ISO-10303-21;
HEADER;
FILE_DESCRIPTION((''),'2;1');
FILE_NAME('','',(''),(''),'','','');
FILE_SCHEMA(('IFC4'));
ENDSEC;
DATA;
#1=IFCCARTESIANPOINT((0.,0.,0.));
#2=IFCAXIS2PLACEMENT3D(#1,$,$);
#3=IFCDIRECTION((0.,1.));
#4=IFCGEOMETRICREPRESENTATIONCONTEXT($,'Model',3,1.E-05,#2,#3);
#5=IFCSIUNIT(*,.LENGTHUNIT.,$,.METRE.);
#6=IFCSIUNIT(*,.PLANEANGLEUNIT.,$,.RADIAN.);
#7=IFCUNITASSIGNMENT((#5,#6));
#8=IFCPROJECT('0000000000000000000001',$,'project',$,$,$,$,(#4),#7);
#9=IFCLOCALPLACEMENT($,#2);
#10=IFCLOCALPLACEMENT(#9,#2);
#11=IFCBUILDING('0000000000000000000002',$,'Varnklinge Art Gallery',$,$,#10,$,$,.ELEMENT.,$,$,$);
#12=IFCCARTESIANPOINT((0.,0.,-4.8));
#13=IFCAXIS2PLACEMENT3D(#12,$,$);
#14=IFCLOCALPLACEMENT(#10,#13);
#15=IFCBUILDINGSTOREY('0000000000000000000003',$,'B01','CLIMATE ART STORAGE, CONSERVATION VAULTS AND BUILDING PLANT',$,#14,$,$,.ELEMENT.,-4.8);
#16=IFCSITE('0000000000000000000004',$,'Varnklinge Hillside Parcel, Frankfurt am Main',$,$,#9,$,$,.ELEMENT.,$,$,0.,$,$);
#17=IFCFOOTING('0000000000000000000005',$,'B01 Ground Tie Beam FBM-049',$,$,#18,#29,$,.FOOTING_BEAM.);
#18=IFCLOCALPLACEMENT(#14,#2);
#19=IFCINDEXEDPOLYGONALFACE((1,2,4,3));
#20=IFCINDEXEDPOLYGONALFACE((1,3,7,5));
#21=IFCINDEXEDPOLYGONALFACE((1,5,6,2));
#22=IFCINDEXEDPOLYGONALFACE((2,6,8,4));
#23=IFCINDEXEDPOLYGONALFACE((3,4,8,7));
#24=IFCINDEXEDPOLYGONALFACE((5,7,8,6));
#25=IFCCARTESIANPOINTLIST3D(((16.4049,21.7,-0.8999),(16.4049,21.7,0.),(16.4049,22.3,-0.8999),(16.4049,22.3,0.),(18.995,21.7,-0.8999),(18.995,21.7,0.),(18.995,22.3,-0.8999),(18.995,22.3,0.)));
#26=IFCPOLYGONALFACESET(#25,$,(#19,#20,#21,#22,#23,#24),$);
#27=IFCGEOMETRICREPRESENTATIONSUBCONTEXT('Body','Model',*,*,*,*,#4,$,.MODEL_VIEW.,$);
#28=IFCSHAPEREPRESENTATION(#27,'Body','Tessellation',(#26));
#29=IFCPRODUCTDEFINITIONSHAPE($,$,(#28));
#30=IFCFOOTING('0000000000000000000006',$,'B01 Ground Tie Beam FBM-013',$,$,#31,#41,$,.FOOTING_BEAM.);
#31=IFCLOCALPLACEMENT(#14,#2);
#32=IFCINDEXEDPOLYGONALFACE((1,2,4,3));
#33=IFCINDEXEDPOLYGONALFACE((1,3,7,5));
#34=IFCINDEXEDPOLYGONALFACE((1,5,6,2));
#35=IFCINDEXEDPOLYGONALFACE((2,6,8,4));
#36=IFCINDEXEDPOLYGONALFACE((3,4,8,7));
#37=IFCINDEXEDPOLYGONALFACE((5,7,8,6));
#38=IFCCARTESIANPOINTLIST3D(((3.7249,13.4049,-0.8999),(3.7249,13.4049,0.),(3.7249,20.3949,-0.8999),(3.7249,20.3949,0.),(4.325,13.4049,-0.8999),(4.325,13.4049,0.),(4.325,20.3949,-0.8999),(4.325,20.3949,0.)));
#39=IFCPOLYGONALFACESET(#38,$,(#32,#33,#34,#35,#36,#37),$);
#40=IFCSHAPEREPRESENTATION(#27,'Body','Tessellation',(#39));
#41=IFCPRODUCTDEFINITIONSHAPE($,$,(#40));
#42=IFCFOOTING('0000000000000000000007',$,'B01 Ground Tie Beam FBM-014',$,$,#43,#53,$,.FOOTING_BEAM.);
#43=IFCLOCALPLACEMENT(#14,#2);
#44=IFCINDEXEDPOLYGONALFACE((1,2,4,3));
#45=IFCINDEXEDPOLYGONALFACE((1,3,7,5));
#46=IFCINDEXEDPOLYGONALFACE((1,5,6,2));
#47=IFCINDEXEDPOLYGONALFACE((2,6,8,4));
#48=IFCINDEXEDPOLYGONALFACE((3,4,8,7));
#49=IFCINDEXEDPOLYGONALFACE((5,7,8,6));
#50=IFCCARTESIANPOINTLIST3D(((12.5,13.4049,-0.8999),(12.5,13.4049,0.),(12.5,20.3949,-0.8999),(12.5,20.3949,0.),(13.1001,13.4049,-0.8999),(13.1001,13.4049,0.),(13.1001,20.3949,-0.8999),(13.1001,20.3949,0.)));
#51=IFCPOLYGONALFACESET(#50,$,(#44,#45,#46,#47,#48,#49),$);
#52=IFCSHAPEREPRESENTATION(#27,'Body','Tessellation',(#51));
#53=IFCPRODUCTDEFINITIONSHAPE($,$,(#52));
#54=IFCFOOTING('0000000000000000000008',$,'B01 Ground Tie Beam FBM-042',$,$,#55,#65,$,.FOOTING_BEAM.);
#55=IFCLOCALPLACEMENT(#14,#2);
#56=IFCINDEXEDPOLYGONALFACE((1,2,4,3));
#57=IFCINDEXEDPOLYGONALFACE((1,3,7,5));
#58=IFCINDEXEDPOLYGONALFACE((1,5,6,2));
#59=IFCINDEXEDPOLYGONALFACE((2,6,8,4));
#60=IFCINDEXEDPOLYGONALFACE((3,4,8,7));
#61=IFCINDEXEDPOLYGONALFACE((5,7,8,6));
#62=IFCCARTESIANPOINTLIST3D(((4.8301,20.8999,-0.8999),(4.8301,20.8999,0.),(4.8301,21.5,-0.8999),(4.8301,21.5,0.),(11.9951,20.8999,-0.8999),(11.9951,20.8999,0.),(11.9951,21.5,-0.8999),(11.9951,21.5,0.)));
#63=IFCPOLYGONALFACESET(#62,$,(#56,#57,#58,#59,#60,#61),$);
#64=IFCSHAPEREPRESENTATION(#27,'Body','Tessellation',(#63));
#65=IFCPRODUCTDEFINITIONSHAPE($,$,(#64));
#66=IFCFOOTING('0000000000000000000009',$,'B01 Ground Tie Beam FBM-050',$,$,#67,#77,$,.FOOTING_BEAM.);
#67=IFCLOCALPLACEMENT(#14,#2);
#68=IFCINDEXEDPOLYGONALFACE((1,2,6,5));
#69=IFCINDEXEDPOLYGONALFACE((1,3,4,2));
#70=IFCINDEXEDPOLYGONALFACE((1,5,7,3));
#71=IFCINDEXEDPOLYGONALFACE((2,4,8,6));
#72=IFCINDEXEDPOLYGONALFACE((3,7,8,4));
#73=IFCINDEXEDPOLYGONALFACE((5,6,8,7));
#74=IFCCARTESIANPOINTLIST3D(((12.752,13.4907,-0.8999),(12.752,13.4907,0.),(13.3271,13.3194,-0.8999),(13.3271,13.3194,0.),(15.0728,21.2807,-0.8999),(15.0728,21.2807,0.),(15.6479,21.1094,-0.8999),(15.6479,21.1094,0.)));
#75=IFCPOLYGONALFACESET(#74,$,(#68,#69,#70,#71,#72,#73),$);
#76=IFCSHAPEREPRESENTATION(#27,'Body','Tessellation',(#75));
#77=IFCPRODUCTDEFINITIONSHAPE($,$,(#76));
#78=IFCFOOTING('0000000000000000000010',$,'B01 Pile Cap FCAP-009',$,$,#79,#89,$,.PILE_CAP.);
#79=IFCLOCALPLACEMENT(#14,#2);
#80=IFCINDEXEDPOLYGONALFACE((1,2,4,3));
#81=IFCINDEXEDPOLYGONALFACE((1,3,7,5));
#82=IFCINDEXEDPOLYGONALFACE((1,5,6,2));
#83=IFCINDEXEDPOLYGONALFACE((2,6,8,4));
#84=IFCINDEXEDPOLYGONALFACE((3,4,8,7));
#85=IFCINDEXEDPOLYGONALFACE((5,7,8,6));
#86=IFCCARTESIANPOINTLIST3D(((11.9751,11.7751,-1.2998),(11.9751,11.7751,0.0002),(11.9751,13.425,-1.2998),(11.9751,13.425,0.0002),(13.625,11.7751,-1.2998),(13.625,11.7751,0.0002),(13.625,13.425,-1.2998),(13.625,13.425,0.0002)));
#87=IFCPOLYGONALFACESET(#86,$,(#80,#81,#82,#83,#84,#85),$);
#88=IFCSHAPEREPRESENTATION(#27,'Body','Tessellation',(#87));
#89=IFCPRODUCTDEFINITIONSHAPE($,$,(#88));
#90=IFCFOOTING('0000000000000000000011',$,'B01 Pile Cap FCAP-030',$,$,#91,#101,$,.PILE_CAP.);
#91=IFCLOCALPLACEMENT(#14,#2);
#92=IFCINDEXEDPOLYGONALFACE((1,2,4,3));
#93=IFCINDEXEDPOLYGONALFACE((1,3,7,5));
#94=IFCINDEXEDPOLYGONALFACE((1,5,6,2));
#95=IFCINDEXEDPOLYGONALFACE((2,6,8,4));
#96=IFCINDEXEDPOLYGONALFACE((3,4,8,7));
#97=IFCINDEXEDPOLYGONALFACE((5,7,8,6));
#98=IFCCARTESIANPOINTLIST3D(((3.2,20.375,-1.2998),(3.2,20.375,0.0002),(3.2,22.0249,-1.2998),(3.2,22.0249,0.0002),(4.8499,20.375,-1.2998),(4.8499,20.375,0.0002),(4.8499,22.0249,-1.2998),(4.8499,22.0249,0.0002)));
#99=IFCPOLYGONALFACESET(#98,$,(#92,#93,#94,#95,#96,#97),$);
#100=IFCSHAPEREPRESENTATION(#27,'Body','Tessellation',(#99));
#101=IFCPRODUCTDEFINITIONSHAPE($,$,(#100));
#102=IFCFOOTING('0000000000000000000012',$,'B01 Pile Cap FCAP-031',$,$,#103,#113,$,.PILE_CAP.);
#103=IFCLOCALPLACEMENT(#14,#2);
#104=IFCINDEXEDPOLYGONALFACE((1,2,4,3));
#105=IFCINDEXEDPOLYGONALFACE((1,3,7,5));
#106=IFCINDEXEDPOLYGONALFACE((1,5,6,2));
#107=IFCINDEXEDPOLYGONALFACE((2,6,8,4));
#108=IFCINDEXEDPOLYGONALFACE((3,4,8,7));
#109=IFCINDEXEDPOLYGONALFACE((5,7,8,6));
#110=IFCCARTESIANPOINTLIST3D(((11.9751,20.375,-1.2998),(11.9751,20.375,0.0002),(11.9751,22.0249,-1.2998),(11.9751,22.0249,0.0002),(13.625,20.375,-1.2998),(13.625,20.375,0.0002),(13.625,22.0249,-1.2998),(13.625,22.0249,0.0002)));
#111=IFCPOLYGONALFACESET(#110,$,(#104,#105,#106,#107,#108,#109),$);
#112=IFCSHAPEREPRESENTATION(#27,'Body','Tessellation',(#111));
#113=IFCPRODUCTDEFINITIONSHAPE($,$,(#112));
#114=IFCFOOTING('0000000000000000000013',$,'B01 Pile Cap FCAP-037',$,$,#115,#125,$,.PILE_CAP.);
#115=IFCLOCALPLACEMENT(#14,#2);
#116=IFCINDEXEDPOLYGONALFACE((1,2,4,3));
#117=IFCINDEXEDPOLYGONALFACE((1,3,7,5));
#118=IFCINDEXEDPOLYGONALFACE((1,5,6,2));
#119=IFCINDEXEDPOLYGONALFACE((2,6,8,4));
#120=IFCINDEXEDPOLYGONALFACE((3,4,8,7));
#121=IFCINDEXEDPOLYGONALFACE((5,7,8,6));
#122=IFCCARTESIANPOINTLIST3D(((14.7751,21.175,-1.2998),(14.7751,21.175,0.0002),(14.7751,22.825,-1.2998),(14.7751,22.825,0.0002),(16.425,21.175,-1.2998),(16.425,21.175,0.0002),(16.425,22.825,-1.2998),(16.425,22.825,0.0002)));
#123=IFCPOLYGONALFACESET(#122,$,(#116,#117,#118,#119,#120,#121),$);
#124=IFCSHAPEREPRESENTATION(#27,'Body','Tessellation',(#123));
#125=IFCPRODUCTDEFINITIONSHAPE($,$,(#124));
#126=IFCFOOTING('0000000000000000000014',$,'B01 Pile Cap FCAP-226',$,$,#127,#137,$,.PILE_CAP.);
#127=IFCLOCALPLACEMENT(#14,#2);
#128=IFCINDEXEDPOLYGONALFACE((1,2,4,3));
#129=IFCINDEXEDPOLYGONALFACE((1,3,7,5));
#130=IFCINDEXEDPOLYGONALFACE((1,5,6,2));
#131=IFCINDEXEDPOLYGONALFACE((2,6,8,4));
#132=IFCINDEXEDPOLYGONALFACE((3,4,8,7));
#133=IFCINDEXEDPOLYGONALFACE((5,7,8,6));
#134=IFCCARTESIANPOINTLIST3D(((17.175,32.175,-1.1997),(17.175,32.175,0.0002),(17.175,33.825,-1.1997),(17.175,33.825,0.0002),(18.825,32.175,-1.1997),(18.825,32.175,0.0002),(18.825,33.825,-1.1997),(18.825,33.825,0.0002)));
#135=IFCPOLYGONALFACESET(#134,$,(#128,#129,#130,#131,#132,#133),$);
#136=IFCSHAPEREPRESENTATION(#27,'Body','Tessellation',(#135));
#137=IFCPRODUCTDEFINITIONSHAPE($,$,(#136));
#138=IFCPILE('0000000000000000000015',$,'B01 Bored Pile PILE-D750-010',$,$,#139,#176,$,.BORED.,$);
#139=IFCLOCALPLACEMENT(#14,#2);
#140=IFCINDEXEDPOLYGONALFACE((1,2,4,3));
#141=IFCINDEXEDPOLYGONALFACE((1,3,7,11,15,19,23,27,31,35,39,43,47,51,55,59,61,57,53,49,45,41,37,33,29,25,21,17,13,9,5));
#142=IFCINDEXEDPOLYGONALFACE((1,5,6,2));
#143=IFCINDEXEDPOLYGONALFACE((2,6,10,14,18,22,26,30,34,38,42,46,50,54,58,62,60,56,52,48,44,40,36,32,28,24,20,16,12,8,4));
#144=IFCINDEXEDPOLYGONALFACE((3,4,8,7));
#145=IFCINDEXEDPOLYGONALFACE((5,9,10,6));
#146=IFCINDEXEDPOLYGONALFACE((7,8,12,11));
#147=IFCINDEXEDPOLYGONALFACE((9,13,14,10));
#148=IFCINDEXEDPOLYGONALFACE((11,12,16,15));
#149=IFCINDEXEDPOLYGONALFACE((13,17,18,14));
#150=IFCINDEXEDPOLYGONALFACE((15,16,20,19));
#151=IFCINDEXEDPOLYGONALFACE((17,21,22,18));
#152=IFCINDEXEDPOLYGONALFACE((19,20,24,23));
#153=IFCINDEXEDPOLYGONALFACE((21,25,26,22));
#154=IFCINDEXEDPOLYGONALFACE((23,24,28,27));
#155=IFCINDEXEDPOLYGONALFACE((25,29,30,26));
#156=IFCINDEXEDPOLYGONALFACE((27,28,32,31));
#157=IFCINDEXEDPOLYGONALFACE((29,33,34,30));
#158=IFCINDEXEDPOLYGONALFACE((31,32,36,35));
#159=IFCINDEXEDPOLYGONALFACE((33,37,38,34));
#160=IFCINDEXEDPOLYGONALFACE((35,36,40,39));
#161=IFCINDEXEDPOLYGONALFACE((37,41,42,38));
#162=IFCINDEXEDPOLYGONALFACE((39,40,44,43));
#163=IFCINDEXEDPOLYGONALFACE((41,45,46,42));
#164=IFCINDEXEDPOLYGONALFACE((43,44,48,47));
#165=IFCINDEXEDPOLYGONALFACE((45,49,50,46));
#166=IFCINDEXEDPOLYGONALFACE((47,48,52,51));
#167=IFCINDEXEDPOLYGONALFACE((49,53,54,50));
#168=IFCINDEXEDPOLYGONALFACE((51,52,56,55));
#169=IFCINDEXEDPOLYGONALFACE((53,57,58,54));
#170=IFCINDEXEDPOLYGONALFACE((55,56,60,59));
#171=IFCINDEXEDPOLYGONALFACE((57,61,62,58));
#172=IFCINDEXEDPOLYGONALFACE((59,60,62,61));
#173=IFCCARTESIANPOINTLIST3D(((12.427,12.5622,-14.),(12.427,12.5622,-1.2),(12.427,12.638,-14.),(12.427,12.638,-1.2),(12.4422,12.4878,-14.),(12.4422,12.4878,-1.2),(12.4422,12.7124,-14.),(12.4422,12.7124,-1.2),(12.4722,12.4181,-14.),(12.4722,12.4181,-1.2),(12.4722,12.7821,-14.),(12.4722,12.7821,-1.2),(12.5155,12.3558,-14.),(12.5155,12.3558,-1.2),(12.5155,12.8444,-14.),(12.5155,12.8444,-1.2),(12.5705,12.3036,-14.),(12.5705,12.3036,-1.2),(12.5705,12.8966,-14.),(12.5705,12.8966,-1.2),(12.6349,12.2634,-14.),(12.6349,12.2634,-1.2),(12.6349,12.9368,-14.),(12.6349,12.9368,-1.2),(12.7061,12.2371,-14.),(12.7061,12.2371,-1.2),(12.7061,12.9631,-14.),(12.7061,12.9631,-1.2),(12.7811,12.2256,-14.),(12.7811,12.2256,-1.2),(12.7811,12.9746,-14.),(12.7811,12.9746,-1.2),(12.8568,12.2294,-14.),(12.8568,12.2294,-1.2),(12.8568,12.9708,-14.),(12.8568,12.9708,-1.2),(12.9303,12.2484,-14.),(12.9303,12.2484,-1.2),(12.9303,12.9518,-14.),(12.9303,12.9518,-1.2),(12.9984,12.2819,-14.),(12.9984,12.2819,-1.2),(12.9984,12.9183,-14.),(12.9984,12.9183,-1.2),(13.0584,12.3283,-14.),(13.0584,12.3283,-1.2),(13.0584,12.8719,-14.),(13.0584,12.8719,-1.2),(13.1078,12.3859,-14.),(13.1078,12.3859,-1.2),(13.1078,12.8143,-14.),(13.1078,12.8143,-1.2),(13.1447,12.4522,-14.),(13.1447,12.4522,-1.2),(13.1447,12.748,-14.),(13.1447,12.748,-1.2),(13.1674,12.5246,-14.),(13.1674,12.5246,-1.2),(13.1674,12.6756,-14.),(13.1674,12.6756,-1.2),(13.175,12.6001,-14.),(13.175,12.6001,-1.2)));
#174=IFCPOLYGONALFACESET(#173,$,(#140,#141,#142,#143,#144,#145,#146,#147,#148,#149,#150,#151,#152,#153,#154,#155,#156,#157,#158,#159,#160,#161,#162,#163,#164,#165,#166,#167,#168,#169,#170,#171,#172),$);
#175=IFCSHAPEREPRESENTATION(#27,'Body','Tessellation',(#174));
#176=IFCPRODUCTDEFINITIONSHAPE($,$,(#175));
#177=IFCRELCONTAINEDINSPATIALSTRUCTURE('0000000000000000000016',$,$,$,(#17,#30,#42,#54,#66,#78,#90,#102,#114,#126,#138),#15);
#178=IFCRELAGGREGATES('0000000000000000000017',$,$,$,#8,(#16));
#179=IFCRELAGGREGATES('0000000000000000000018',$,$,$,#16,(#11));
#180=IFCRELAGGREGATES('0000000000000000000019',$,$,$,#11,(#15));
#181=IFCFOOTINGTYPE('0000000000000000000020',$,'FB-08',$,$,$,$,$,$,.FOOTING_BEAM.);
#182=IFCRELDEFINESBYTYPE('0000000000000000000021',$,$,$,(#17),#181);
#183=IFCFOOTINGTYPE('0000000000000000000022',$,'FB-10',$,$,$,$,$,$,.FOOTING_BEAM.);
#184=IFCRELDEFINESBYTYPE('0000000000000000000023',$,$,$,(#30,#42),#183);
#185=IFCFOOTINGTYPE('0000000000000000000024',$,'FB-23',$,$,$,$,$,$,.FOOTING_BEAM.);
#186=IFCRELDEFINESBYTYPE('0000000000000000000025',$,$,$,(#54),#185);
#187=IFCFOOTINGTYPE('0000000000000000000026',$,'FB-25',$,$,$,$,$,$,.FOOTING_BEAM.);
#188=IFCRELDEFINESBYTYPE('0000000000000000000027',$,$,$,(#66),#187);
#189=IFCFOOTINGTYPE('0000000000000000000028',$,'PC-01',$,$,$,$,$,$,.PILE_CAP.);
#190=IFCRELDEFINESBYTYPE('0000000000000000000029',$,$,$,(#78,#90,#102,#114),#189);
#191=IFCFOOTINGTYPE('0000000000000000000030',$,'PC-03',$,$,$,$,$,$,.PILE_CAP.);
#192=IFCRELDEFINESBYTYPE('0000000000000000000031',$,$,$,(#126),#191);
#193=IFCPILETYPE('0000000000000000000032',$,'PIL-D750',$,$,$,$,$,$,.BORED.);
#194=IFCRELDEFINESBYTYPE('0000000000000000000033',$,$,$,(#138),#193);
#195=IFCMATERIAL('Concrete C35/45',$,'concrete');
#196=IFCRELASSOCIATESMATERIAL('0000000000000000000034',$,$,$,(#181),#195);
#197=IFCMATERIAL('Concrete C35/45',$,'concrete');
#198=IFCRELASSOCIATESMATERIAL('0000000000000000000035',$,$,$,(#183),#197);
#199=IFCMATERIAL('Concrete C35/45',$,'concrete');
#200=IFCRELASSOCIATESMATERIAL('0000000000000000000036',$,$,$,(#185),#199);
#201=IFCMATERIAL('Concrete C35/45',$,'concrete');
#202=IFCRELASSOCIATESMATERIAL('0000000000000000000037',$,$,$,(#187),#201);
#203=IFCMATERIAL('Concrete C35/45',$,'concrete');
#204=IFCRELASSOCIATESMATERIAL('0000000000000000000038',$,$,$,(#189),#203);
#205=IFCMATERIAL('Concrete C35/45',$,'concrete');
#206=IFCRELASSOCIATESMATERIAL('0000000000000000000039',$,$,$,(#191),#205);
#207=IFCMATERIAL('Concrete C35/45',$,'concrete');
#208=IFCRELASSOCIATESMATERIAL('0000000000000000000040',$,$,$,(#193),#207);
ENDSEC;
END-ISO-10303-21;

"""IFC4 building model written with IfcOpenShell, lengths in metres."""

from ifc_helpers import new_model, si_unit, direction, frame, origin, origin_2d, place, context, subcontext, project, spatial, rectangle, circle, extrude, material, material_profile, profile_set, type_object, element, save


model = new_model("IFC4")

# Units and contexts
model_context = context("Model", 3, precision=1e-05, world=origin(), true_north=direction((0.0, 1.0)))
body_context = subcontext(model_context, "Body", "Model", "MODEL_VIEW")
ifc_project = project(units=[si_unit("LENGTHUNIT", "METRE"), si_unit("PLANEANGLEUNIT", "RADIAN")], contexts=[model_context])

# Site, building, storey
site_placement = place(None, origin())
site = spatial("IfcSite", under=ifc_project, at=site_placement, Name="Varnklinge Hillside Parcel, Frankfurt am Main", CompositionType="ELEMENT", RefElevation=0.0)
building_placement = place(site_placement, origin())
building = spatial("IfcBuilding", under=site, at=building_placement, Name="Varnklinge Art Gallery", CompositionType="ELEMENT")
storey_placement = place(building_placement, frame((0.0, 0.0, -4.8)))
storey = spatial("IfcBuildingStorey", under=building, at=storey_placement, Name="B01", Description="CLIMATE ART STORAGE, CONSERVATION VAULTS AND BUILDING PLANT", CompositionType="ELEMENT", Elevation=-4.8)

# Footings
ifc_material_1 = material(Name="Concrete C35/45", Category="concrete")
footing_type_1 = type_object("IfcFootingType", Name="FB-08", PredefinedType="FOOTING_BEAM", material=ifc_material_1)
footing_1_placement = place(storey_placement, frame((17.7, 22.0, -0.8999), z_axis=(0.0, 0.0, 1.0), x_axis=(1.0, 0.0, 0.0)))
element("IfcFooting", 1, at=footing_1_placement, inside=storey, type_object=footing_type_1, Name="B01 Ground Tie Beam FBM-049", PredefinedType="FOOTING_BEAM", context=body_context, shape_type="SweptSolid", body=[
    extrude(rectangle(XDim=2.5901, YDim=0.6001, at=origin_2d()), origin(), (0.0, 0.0, 1.0), 0.8999),
])
ifc_material_2 = material(Name="Concrete C35/45", Category="concrete")
footing_type_2 = type_object("IfcFootingType", Name="FB-10", PredefinedType="FOOTING_BEAM", material=ifc_material_2)
for number, where, z_axis, x_axis, name in (
    (2, (4.0249, 16.8999, -0.8999), (0.0, 0.0, 1.0), (0.0, 1.0, 0.0), "B01 Ground Tie Beam FBM-013"),
    (3, (12.8, 16.8999, -0.8999), (0.0, 0.0, 1.0), (0.0, 1.0, 0.0), "B01 Ground Tie Beam FBM-014"),
):
    element("IfcFooting", number, at=place(storey_placement, frame(where, z_axis=z_axis, x_axis=x_axis)), inside=storey, type_object=footing_type_2, Name=name, PredefinedType="FOOTING_BEAM", context=body_context, shape_type="SweptSolid", body=[
        extrude(rectangle(XDim=6.99, YDim=0.6001, at=origin_2d()), origin(), (0.0, 0.0, 1.0), 0.8999),
    ])
ifc_material_3 = material(Name="Concrete C35/45", Category="concrete")
footing_type_3 = type_object("IfcFootingType", Name="FB-23", PredefinedType="FOOTING_BEAM", material=ifc_material_3)
footing_2_placement = place(storey_placement, frame((8.4126, 21.2, -0.8999), z_axis=(0.0, 0.0, 1.0), x_axis=(1.0, 0.0, 0.0)))
element("IfcFooting", 4, at=footing_2_placement, inside=storey, type_object=footing_type_3, Name="B01 Ground Tie Beam FBM-042", PredefinedType="FOOTING_BEAM", context=body_context, shape_type="SweptSolid", body=[
    extrude(rectangle(XDim=7.165, YDim=0.6001, at=origin_2d()), origin(), (0.0, 0.0, 1.0), 0.8999),
])
ifc_material_4 = material(Name="Concrete C35/45", Category="concrete")
footing_type_4 = type_object("IfcFootingType", Name="FB-25", PredefinedType="FOOTING_BEAM", material=ifc_material_4)
footing_3_placement = place(storey_placement, frame((14.2, 17.3, -0.8999), z_axis=(0.0, 0.0, 1.0), x_axis=(-0.285521, -0.958372, 0.0)))
element("IfcFooting", 5, at=footing_3_placement, inside=storey, type_object=footing_type_4, Name="B01 Ground Tie Beam FBM-050", PredefinedType="FOOTING_BEAM", context=body_context, shape_type="SweptSolid", body=[
    extrude(rectangle(XDim=8.1284, YDim=0.6001, at=origin_2d()), origin(), (0.0, 0.0, 1.0), 0.8999),
])
ifc_material_5 = material(Name="Concrete C35/45", Category="concrete")
footing_type_5 = type_object("IfcFootingType", Name="PC-01", PredefinedType="PILE_CAP", material=ifc_material_5)
for number, where, z_axis, x_axis, name in (
    (6, (12.8, 12.6001, -1.2998), (0.0, 0.0, 1.0), (1.0, 0.0, 0.0), "B01 Pile Cap FCAP-009"),
    (7, (4.0249, 21.2, -1.2998), (0.0, 0.0, 1.0), (1.0, 0.0, 0.0), "B01 Pile Cap FCAP-030"),
    (8, (12.8, 21.2, -1.2998), (0.0, 0.0, 1.0), (1.0, 0.0, 0.0), "B01 Pile Cap FCAP-031"),
    (9, (15.6001, 22.0, -1.2998), (0.0, 0.0, 1.0), (1.0, 0.0, 0.0), "B01 Pile Cap FCAP-037"),
):
    element("IfcFooting", number, at=place(storey_placement, frame(where, z_axis=z_axis, x_axis=x_axis)), inside=storey, type_object=footing_type_5, Name=name, PredefinedType="PILE_CAP", context=body_context, shape_type="SweptSolid", body=[
        extrude(rectangle(XDim=1.6499, YDim=1.6499, at=origin_2d()), origin(), (0.0, 0.0, 1.0), 1.3),
    ])
ifc_material_6 = material(Name="Concrete C35/45", Category="concrete")
footing_type_6 = type_object("IfcFootingType", Name="PC-03", PredefinedType="PILE_CAP", material=ifc_material_6)
footing_4_placement = place(storey_placement, frame((18.0, 33.0, -1.1997), z_axis=(0.0, 0.0, 1.0), x_axis=(1.0, 0.0, 0.0)))
element("IfcFooting", 10, at=footing_4_placement, inside=storey, type_object=footing_type_6, Name="B01 Pile Cap FCAP-226", PredefinedType="PILE_CAP", context=body_context, shape_type="SweptSolid", body=[
    extrude(rectangle(XDim=1.6499, YDim=1.6499, at=origin_2d()), origin(), (0.0, 0.0, 1.0), 1.2),
])

# Pile
ifc_material_7 = material(Name="Concrete C35/45", Category="concrete")
ifc_material_profile_1 = material_profile(ifc_material_7, circle(Radius=0.375, at=origin_2d()), Name="PILE D750")
ifc_profile_set_1 = profile_set([ifc_material_profile_1], Name="Concrete C35/45")
pile_type = type_object("IfcPileType", Name="PIL-D750", PredefinedType="BORED", material=ifc_profile_set_1)
for number, where, z_axis, x_axis, name in (
    (11, (12.8, 12.6001, -1.2), (0.0, 0.0, -1.0), (1.0, 0.0, 0.0), "B01 Bored Pile PILE-D750-010"),
):
    element("IfcPile", number, at=place(storey_placement, frame(where, z_axis=z_axis, x_axis=x_axis)), inside=storey, type_object=pile_type, Name=name, PredefinedType="BORED", context=body_context, shape_type="SweptSolid", body=[
        extrude(circle(Radius=0.375, at=origin_2d()), origin(), (0.0, 0.0, 1.0), 12.8),
    ])

save(model, "model.ifc")
